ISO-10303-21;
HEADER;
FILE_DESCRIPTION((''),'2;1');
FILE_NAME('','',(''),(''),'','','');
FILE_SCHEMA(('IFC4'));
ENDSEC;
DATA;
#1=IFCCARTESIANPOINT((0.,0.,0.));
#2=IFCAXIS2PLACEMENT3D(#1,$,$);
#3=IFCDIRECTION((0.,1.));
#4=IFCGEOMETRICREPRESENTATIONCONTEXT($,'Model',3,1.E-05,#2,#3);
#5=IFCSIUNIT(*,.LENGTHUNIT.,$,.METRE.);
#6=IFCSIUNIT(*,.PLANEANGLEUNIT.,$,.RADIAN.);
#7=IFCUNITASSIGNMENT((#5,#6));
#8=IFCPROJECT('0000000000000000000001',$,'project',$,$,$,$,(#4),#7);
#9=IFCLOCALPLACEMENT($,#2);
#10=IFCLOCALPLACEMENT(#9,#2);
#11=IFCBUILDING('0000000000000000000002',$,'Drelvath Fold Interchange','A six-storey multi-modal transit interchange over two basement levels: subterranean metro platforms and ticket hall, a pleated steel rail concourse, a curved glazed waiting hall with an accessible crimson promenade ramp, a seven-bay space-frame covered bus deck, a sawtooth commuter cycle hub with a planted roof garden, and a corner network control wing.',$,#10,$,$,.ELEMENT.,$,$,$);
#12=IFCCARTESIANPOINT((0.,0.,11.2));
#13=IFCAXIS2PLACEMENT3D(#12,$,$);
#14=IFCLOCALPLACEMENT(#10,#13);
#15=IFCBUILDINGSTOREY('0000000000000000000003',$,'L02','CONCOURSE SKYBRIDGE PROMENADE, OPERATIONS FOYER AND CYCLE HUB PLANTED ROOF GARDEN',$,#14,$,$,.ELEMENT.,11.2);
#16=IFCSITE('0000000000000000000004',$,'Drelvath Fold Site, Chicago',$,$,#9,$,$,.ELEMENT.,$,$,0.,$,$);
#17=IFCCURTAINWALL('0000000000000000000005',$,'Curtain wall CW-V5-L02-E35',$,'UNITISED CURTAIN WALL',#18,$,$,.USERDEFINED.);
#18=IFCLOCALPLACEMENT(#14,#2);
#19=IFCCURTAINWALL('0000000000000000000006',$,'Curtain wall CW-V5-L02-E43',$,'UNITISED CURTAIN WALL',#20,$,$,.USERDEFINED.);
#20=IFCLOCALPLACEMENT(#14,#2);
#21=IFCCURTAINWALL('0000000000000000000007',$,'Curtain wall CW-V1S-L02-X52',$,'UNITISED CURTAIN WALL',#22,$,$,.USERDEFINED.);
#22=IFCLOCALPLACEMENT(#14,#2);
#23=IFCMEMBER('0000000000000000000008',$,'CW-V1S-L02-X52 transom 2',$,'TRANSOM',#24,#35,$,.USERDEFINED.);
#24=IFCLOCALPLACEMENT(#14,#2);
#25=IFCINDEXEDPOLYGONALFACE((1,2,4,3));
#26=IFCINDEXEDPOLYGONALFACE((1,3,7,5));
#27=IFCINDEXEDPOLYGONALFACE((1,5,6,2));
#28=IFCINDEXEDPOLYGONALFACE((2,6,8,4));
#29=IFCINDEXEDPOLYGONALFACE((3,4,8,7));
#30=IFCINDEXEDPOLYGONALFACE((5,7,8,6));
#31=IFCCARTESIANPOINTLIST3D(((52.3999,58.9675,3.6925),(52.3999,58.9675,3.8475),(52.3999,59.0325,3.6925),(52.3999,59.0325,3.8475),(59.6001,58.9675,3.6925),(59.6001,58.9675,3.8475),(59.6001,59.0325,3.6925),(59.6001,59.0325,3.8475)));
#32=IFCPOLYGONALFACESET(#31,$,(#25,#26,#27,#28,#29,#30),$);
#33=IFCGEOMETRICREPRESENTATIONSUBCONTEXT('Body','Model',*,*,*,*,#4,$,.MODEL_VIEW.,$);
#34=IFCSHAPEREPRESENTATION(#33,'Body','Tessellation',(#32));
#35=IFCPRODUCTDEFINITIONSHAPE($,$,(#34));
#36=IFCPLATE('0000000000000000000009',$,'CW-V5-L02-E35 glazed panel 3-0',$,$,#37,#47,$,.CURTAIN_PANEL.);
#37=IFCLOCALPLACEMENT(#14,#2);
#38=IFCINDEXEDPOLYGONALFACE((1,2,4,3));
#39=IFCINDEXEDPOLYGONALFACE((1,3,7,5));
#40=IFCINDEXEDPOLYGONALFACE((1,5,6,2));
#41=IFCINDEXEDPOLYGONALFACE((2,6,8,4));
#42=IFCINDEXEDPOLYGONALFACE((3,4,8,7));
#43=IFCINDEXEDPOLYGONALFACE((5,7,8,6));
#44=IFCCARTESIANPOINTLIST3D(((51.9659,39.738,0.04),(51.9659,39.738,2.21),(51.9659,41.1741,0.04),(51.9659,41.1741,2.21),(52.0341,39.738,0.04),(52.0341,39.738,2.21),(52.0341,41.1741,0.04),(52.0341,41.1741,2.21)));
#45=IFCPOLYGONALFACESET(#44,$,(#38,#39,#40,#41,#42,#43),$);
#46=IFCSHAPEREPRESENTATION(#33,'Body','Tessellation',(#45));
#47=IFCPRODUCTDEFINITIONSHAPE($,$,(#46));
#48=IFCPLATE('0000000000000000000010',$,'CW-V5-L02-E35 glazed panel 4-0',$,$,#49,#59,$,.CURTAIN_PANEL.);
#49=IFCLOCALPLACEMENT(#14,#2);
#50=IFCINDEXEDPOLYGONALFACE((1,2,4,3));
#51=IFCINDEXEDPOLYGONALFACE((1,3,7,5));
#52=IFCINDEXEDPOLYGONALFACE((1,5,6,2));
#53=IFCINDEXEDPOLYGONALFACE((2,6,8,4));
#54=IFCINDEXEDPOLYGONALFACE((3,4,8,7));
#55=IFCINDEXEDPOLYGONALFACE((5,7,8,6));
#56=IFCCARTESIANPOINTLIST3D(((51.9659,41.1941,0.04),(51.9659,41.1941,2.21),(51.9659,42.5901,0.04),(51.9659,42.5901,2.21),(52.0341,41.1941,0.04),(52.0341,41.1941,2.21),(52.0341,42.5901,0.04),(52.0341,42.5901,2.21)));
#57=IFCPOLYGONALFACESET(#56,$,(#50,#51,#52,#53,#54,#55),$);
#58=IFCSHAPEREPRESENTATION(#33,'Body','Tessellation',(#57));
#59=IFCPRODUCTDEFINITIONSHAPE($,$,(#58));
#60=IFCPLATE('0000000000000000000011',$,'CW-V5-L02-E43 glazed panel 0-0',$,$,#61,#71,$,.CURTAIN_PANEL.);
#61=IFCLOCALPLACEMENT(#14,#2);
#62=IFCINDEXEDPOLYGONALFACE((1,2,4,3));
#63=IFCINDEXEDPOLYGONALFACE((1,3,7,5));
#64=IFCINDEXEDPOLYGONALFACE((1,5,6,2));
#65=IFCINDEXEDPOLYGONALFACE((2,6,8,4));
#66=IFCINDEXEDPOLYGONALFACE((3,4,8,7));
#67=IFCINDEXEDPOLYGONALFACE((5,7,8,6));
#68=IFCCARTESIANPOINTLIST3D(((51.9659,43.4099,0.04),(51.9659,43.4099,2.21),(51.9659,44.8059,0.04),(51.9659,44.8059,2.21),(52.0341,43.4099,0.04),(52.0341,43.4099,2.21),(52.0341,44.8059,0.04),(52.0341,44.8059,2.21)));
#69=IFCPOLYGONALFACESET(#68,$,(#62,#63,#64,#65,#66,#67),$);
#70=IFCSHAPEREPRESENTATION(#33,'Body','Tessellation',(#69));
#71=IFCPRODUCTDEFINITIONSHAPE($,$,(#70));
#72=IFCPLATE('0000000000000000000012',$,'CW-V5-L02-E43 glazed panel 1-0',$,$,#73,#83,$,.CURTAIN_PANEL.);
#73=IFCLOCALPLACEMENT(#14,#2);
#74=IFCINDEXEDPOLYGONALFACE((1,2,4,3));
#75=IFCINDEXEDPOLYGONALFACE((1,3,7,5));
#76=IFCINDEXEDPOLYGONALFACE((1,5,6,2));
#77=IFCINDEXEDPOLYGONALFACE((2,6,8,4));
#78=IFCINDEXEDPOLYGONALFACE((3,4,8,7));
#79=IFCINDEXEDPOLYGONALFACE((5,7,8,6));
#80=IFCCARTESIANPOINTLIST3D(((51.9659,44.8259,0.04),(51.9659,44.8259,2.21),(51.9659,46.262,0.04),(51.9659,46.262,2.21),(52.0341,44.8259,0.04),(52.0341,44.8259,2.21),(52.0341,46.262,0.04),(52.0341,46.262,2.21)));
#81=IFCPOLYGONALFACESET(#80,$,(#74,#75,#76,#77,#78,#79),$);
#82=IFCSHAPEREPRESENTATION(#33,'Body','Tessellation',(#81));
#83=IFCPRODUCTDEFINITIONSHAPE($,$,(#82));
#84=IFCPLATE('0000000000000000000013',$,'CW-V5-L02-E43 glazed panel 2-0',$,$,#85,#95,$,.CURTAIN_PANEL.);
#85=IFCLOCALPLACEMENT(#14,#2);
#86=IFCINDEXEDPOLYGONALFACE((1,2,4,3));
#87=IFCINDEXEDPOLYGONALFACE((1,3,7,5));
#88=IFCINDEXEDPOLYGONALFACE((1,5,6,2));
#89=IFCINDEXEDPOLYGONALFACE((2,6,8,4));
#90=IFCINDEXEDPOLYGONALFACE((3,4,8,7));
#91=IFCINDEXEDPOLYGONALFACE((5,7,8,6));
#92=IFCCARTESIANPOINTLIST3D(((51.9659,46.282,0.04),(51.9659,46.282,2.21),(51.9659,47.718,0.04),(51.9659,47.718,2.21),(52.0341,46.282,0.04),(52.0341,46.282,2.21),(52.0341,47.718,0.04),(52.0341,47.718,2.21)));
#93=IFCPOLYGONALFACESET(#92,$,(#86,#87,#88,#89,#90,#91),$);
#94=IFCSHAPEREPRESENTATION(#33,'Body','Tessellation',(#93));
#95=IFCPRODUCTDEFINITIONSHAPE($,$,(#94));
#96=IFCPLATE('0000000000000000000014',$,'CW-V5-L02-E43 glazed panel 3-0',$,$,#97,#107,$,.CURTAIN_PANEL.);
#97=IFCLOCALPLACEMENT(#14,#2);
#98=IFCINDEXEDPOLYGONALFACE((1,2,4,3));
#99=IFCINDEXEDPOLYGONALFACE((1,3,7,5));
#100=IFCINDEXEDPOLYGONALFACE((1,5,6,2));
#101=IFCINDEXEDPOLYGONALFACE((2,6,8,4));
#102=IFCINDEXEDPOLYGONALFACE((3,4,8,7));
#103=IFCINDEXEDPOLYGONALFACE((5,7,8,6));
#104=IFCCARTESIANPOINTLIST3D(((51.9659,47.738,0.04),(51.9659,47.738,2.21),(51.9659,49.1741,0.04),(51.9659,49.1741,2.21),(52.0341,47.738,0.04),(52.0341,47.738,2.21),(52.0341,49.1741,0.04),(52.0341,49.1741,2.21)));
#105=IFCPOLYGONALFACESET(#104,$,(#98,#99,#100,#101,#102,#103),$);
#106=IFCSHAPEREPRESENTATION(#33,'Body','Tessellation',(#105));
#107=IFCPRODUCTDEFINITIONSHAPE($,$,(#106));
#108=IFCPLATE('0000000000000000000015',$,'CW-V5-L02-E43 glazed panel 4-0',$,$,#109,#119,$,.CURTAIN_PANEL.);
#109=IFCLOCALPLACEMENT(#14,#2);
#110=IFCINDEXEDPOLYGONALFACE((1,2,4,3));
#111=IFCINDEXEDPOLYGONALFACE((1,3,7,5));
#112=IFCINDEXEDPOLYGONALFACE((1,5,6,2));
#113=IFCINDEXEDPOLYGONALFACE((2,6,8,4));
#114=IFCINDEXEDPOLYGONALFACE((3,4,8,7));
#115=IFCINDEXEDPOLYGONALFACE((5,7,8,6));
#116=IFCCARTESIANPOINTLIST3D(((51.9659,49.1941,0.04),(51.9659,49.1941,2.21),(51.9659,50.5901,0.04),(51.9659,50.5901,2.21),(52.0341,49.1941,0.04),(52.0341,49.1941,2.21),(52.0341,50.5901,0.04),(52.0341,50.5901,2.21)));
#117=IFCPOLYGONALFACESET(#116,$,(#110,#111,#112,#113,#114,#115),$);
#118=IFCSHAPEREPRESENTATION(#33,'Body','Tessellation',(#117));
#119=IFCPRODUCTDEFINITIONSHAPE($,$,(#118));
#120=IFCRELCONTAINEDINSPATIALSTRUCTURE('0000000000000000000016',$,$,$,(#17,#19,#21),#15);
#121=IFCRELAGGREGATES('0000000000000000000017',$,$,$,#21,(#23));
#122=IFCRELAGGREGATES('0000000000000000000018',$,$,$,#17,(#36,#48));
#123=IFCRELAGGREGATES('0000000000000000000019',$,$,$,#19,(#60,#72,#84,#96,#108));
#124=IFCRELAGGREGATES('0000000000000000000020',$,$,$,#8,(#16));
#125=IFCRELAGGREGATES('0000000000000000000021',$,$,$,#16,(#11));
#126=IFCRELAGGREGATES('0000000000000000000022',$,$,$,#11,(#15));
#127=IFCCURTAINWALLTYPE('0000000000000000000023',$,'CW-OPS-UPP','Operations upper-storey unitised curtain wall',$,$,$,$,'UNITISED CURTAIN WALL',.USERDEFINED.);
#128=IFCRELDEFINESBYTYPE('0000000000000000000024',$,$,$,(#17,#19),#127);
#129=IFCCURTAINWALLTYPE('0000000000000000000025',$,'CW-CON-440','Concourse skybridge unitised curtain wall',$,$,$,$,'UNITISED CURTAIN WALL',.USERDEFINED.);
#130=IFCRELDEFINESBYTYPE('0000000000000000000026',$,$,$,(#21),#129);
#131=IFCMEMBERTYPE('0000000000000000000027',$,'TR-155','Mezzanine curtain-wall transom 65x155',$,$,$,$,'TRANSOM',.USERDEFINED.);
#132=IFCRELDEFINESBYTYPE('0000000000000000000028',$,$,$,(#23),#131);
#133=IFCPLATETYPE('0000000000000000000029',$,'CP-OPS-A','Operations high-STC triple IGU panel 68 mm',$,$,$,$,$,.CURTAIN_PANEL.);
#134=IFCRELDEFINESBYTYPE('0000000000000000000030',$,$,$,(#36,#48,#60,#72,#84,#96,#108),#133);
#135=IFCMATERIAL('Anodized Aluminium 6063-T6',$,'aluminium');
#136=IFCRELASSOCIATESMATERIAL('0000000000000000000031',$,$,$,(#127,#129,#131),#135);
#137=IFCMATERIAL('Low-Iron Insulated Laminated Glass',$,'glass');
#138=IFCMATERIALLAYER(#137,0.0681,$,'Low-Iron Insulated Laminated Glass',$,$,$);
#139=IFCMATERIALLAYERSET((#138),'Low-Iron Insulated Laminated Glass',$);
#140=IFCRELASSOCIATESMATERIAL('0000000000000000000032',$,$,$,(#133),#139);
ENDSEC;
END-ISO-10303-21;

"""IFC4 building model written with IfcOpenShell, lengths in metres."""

from ifc_helpers import new_model, si_unit, direction, frame, origin, origin_2d, place, context, subcontext, project, spatial, rectangle, extrude, material, layer, layer_set, material_profile, profile_set, type_object, element, aggregate, save


model = new_model("IFC4")

# Units and contexts
model_context = context("Model", 3, precision=1e-05, world=origin(), true_north=direction((0.0, 1.0)))
body_context = subcontext(model_context, "Body", "Model", "MODEL_VIEW")
ifc_project = project(units=[si_unit("LENGTHUNIT", "METRE"), si_unit("PLANEANGLEUNIT", "RADIAN")], contexts=[model_context])

# Site, building, storey
site_placement = place(None, origin())
site = spatial("IfcSite", under=ifc_project, at=site_placement, Name="Drelvath Fold Site, Chicago", CompositionType="ELEMENT", RefElevation=0.0)
building_placement = place(site_placement, origin())
building = spatial("IfcBuilding", under=site, at=building_placement, Name="Drelvath Fold Interchange", Description="A six-storey multi-modal transit interchange over two basement levels: subterranean metro platforms and ticket hall, a pleated steel rail concourse, a curved glazed waiting hall with an accessible crimson promenade ramp, a seven-bay space-frame covered bus deck, a sawtooth commuter cycle hub with a planted roof garden, and a corner network control wing.", CompositionType="ELEMENT")
storey_placement = place(building_placement, frame((0.0, 0.0, 11.2)))
storey = spatial("IfcBuildingStorey", under=building, at=storey_placement, Name="L02", Description="CONCOURSE SKYBRIDGE PROMENADE, OPERATIONS FOYER AND CYCLE HUB PLANTED ROOF GARDEN", CompositionType="ELEMENT", Elevation=11.2)

# Curtain walls
ifc_material_1 = material(Name="Anodized Aluminium 6063-T6", Category="aluminium")
curtain_wall_type_1 = type_object("IfcCurtainWallType", Name="CW-OPS-UPP", Description="Operations upper-storey unitised curtain wall", ElementType="UNITISED CURTAIN WALL", PredefinedType="USERDEFINED", material=ifc_material_1)
curtain_wall_1_placement = place(storey_placement, origin())
curtain_wall_1 = element("IfcCurtainWall", 1, at=curtain_wall_1_placement, inside=storey, type_object=curtain_wall_type_1, Name="Curtain wall CW-V5-L02-E35", ObjectType="UNITISED CURTAIN WALL", PredefinedType="USERDEFINED")
curtain_wall_2_placement = place(storey_placement, origin())
curtain_wall_2 = element("IfcCurtainWall", 2, at=curtain_wall_2_placement, inside=storey, type_object=curtain_wall_type_1, Name="Curtain wall CW-V5-L02-E43", ObjectType="UNITISED CURTAIN WALL", PredefinedType="USERDEFINED")

# Curtain wall
curtain_wall_type_2 = type_object("IfcCurtainWallType", Name="CW-CON-440", Description="Concourse skybridge unitised curtain wall", ElementType="UNITISED CURTAIN WALL", PredefinedType="USERDEFINED", material=ifc_material_1)
curtain_wall_3_placement = place(storey_placement, origin())
curtain_wall_3 = element("IfcCurtainWall", 3, at=curtain_wall_3_placement, inside=storey, type_object=curtain_wall_type_2, Name="Curtain wall CW-V1S-L02-X52", ObjectType="UNITISED CURTAIN WALL", PredefinedType="USERDEFINED")

# Member
ifc_material_profile_1 = material_profile(ifc_material_1, rectangle(XDim=0.0649, YDim=0.155, at=origin_2d()), Name="AL-T 65x155")
ifc_profile_set_1 = profile_set([ifc_material_profile_1], Name="Anodized Aluminium 6063-T6")
member_type_1 = type_object("IfcMemberType", Name="TR-155", Description="Mezzanine curtain-wall transom 65x155", ElementType="TRANSOM", PredefinedType="USERDEFINED", material=ifc_profile_set_1)
member_1_placement = place(storey_placement, frame((52.3999, 59.0, 3.77), z_axis=(1.0, 0.0, 0.0), x_axis=(0.0, 1.0, 0.0)))
member_1 = element("IfcMember", 4, at=member_1_placement, type_object=member_type_1, Name="CW-V1S-L02-X52 transom 2", ObjectType="TRANSOM", PredefinedType="USERDEFINED", context=body_context, shape_type="SweptSolid", body=[
    extrude(rectangle(XDim=0.0649, YDim=0.155, at=origin_2d()), origin(), (0.0, 0.0, 1.0), 7.2002),
])
aggregate(curtain_wall_3, [member_1])

# Plates
ifc_material_2 = material(Name="Low-Iron Insulated Laminated Glass", Category="glass")
ifc_layer = layer(ifc_material_2, 0.0681, Name="Low-Iron Insulated Laminated Glass")
ifc_layer_set = layer_set([ifc_layer], Name="Low-Iron Insulated Laminated Glass")
plate_type = type_object("IfcPlateType", Name="CP-OPS-A", Description="Operations high-STC triple IGU panel 68 mm", PredefinedType="CURTAIN_PANEL", material=ifc_layer_set)
plate_1_placement = place(storey_placement, frame((52.0, 40.4561, 0.04), z_axis=(0.0, 0.0, 1.0), x_axis=(0.0, 1.0, 0.0)))
plate_1 = element("IfcPlate", 5, at=plate_1_placement, type_object=plate_type, Name="CW-V5-L02-E35 glazed panel 3-0", PredefinedType="CURTAIN_PANEL", context=body_context, shape_type="SweptSolid", body=[
    extrude(rectangle(XDim=1.436, YDim=0.0681, at=origin_2d()), origin(), (0.0, 0.0, 1.0), 2.1699),
])
plate_2_placement = place(storey_placement, frame((52.0, 41.8921, 0.04), z_axis=(0.0, 0.0, 1.0), x_axis=(0.0, 1.0, 0.0)))
plate_2 = element("IfcPlate", 6, at=plate_2_placement, type_object=plate_type, Name="CW-V5-L02-E35 glazed panel 4-0", PredefinedType="CURTAIN_PANEL", context=body_context, shape_type="SweptSolid", body=[
    extrude(rectangle(XDim=1.396, YDim=0.0681, at=origin_2d()), origin(), (0.0, 0.0, 1.0), 2.1699),
])
aggregate(curtain_wall_1, [plate_1, plate_2])
plate_3_placement = place(storey_placement, frame((52.0, 44.1079, 0.04), z_axis=(0.0, 0.0, 1.0), x_axis=(0.0, 1.0, 0.0)))
plate_3 = element("IfcPlate", 7, at=plate_3_placement, type_object=plate_type, Name="CW-V5-L02-E43 glazed panel 0-0", PredefinedType="CURTAIN_PANEL", context=body_context, shape_type="SweptSolid", body=[
    extrude(rectangle(XDim=1.396, YDim=0.0681, at=origin_2d()), origin(), (0.0, 0.0, 1.0), 2.1699),
])
plate_4_placement = place(storey_placement, frame((52.0, 45.5439, 0.04), z_axis=(0.0, 0.0, 1.0), x_axis=(0.0, 1.0, 0.0)))
plate_4 = element("IfcPlate", 8, at=plate_4_placement, type_object=plate_type, Name="CW-V5-L02-E43 glazed panel 1-0", PredefinedType="CURTAIN_PANEL", context=body_context, shape_type="SweptSolid", body=[
    extrude(rectangle(XDim=1.436, YDim=0.0681, at=origin_2d()), origin(), (0.0, 0.0, 1.0), 2.1699),
])
plate_5_placement = place(storey_placement, frame((52.0, 47.0, 0.04), z_axis=(0.0, 0.0, 1.0), x_axis=(0.0, 1.0, 0.0)))
plate_5 = element("IfcPlate", 9, at=plate_5_placement, type_object=plate_type, Name="CW-V5-L02-E43 glazed panel 2-0", PredefinedType="CURTAIN_PANEL", context=body_context, shape_type="SweptSolid", body=[
    extrude(rectangle(XDim=1.436, YDim=0.0681, at=origin_2d()), origin(), (0.0, 0.0, 1.0), 2.1699),
])
plate_6_placement = place(storey_placement, frame((52.0, 48.4561, 0.04), z_axis=(0.0, 0.0, 1.0), x_axis=(0.0, 1.0, 0.0)))
plate_6 = element("IfcPlate", 10, at=plate_6_placement, type_object=plate_type, Name="CW-V5-L02-E43 glazed panel 3-0", PredefinedType="CURTAIN_PANEL", context=body_context, shape_type="SweptSolid", body=[
    extrude(rectangle(XDim=1.436, YDim=0.0681, at=origin_2d()), origin(), (0.0, 0.0, 1.0), 2.1699),
])
plate_7_placement = place(storey_placement, frame((52.0, 49.8921, 0.04), z_axis=(0.0, 0.0, 1.0), x_axis=(0.0, 1.0, 0.0)))
plate_7 = element("IfcPlate", 11, at=plate_7_placement, type_object=plate_type, Name="CW-V5-L02-E43 glazed panel 4-0", PredefinedType="CURTAIN_PANEL", context=body_context, shape_type="SweptSolid", body=[
    extrude(rectangle(XDim=1.396, YDim=0.0681, at=origin_2d()), origin(), (0.0, 0.0, 1.0), 2.1699),
])
aggregate(curtain_wall_2, [plate_3, plate_4, plate_5, plate_6, plate_7])

save(model, "model.ifc")
